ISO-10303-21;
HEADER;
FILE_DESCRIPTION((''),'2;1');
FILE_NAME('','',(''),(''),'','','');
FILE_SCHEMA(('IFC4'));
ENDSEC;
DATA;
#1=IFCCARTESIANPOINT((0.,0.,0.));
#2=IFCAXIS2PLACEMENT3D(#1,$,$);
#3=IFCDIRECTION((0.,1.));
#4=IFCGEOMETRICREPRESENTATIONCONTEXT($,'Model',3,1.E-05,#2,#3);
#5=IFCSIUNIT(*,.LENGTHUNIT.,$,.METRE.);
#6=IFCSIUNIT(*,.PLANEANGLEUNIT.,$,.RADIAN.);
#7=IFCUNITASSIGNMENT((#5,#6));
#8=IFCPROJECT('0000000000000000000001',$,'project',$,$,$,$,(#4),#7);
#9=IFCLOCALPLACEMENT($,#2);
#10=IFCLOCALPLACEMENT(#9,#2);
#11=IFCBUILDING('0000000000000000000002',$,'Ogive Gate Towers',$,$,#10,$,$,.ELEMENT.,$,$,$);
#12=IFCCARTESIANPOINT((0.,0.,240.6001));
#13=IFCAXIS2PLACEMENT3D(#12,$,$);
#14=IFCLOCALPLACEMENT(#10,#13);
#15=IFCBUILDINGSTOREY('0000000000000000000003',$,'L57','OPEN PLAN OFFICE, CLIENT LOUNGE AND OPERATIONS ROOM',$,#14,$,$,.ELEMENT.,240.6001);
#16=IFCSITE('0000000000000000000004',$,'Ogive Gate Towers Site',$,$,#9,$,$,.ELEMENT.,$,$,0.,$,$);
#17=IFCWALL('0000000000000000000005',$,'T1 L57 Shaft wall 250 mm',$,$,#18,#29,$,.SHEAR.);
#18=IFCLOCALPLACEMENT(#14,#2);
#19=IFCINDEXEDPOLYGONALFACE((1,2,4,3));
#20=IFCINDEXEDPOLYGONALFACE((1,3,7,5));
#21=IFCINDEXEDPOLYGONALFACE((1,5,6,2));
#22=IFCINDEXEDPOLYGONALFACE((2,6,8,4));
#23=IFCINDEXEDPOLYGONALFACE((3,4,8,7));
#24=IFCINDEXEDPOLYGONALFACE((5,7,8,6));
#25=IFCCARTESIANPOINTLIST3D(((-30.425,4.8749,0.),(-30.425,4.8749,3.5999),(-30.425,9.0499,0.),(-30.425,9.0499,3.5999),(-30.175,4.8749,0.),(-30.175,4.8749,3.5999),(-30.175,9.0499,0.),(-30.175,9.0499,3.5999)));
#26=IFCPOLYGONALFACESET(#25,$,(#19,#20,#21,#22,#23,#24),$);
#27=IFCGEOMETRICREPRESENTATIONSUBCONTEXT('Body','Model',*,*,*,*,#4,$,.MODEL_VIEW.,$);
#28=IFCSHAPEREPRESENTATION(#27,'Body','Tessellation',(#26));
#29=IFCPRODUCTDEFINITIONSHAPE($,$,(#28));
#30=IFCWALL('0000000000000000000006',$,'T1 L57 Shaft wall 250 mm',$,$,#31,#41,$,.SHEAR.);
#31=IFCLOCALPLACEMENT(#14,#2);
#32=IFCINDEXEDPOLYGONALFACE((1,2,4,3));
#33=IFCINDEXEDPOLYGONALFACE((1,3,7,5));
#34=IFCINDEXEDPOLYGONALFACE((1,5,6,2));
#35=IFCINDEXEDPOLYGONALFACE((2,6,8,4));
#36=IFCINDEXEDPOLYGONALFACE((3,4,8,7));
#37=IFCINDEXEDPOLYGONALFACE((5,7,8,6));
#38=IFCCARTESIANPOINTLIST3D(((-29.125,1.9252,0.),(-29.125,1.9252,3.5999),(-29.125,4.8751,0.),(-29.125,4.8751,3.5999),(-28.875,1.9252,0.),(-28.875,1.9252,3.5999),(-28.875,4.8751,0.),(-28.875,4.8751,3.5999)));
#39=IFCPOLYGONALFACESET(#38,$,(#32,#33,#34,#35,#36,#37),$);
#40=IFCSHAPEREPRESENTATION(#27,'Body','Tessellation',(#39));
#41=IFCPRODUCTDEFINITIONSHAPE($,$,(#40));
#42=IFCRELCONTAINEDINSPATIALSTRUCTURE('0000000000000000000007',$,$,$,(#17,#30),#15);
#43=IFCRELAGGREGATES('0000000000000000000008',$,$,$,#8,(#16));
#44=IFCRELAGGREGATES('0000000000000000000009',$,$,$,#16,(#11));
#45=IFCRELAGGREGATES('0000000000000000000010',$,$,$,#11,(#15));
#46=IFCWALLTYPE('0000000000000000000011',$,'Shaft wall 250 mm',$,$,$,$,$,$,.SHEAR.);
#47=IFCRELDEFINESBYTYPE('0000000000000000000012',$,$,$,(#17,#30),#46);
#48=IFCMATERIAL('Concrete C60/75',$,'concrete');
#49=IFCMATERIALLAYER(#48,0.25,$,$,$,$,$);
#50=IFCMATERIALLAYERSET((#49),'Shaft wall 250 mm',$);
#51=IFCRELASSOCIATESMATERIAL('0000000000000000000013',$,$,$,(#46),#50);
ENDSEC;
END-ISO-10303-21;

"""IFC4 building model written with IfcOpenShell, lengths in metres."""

from ifc_helpers import new_model, si_unit, direction, frame, frame_2d, origin, place, context, subcontext, project, spatial, rectangle, extrude, material, layer, layer_set, type_object, element, save


model = new_model("IFC4")

# Units and contexts
model_context = context("Model", 3, precision=1e-05, world=origin(), true_north=direction((0.0, 1.0)))
body_context = subcontext(model_context, "Body", "Model", "MODEL_VIEW")
ifc_project = project(units=[si_unit("LENGTHUNIT", "METRE"), si_unit("PLANEANGLEUNIT", "RADIAN")], contexts=[model_context])

# Site, building, storey
site_placement = place(None, origin())
site = spatial("IfcSite", under=ifc_project, at=site_placement, Name="Ogive Gate Towers Site", CompositionType="ELEMENT", RefElevation=0.0)
building_placement = place(site_placement, origin())
building = spatial("IfcBuilding", under=site, at=building_placement, Name="Ogive Gate Towers", CompositionType="ELEMENT")
storey_placement = place(building_placement, frame((0.0, 0.0, 240.6001)))
storey = spatial("IfcBuildingStorey", under=building, at=storey_placement, Name="L57", Description="OPEN PLAN OFFICE, CLIENT LOUNGE AND OPERATIONS ROOM", CompositionType="ELEMENT", Elevation=240.6001)

# Shared definitions
ifc_material_1 = material(Name="Concrete C60/75", Category="concrete")
ifc_layer_1 = layer(ifc_material_1, 0.25)
ifc_layer_set_1 = layer_set([ifc_layer_1], Name="Shaft wall 250 mm")
wall_type_1 = type_object("IfcWallType", Name="Shaft wall 250 mm", PredefinedType="SHEAR", material=ifc_layer_set_1)

# Walls
wall_1_placement = place(storey_placement, frame((-30.3, 4.875, 0.0), z_axis=(0.0, 0.0, 1.0), x_axis=(0.0, 1.0, 0.0)))
element("IfcWall", 1, at=wall_1_placement, inside=storey, type_object=wall_type_1, Name="T1 L57 Shaft wall 250 mm", PredefinedType="SHEAR", context=body_context, shape_type="SweptSolid", body=[
    extrude(rectangle(XDim=4.175, YDim=0.25, at=frame_2d((2.0874, 0.0))), origin(), (0.0, 0.0, 1.0), 3.5999),
])
wall_2_placement = place(storey_placement, frame((-29.0, 1.925, 0.0), z_axis=(0.0, 0.0, 1.0), x_axis=(0.0, 1.0, 0.0)))
element("IfcWall", 2, at=wall_2_placement, inside=storey, type_object=wall_type_1, Name="T1 L57 Shaft wall 250 mm", PredefinedType="SHEAR", context=body_context, shape_type="SweptSolid", body=[
    extrude(rectangle(XDim=2.95, YDim=0.25, at=frame_2d((1.4751, 0.0))), origin(), (0.0, 0.0, 1.0), 3.5999),
])

save(model, "model.ifc")
